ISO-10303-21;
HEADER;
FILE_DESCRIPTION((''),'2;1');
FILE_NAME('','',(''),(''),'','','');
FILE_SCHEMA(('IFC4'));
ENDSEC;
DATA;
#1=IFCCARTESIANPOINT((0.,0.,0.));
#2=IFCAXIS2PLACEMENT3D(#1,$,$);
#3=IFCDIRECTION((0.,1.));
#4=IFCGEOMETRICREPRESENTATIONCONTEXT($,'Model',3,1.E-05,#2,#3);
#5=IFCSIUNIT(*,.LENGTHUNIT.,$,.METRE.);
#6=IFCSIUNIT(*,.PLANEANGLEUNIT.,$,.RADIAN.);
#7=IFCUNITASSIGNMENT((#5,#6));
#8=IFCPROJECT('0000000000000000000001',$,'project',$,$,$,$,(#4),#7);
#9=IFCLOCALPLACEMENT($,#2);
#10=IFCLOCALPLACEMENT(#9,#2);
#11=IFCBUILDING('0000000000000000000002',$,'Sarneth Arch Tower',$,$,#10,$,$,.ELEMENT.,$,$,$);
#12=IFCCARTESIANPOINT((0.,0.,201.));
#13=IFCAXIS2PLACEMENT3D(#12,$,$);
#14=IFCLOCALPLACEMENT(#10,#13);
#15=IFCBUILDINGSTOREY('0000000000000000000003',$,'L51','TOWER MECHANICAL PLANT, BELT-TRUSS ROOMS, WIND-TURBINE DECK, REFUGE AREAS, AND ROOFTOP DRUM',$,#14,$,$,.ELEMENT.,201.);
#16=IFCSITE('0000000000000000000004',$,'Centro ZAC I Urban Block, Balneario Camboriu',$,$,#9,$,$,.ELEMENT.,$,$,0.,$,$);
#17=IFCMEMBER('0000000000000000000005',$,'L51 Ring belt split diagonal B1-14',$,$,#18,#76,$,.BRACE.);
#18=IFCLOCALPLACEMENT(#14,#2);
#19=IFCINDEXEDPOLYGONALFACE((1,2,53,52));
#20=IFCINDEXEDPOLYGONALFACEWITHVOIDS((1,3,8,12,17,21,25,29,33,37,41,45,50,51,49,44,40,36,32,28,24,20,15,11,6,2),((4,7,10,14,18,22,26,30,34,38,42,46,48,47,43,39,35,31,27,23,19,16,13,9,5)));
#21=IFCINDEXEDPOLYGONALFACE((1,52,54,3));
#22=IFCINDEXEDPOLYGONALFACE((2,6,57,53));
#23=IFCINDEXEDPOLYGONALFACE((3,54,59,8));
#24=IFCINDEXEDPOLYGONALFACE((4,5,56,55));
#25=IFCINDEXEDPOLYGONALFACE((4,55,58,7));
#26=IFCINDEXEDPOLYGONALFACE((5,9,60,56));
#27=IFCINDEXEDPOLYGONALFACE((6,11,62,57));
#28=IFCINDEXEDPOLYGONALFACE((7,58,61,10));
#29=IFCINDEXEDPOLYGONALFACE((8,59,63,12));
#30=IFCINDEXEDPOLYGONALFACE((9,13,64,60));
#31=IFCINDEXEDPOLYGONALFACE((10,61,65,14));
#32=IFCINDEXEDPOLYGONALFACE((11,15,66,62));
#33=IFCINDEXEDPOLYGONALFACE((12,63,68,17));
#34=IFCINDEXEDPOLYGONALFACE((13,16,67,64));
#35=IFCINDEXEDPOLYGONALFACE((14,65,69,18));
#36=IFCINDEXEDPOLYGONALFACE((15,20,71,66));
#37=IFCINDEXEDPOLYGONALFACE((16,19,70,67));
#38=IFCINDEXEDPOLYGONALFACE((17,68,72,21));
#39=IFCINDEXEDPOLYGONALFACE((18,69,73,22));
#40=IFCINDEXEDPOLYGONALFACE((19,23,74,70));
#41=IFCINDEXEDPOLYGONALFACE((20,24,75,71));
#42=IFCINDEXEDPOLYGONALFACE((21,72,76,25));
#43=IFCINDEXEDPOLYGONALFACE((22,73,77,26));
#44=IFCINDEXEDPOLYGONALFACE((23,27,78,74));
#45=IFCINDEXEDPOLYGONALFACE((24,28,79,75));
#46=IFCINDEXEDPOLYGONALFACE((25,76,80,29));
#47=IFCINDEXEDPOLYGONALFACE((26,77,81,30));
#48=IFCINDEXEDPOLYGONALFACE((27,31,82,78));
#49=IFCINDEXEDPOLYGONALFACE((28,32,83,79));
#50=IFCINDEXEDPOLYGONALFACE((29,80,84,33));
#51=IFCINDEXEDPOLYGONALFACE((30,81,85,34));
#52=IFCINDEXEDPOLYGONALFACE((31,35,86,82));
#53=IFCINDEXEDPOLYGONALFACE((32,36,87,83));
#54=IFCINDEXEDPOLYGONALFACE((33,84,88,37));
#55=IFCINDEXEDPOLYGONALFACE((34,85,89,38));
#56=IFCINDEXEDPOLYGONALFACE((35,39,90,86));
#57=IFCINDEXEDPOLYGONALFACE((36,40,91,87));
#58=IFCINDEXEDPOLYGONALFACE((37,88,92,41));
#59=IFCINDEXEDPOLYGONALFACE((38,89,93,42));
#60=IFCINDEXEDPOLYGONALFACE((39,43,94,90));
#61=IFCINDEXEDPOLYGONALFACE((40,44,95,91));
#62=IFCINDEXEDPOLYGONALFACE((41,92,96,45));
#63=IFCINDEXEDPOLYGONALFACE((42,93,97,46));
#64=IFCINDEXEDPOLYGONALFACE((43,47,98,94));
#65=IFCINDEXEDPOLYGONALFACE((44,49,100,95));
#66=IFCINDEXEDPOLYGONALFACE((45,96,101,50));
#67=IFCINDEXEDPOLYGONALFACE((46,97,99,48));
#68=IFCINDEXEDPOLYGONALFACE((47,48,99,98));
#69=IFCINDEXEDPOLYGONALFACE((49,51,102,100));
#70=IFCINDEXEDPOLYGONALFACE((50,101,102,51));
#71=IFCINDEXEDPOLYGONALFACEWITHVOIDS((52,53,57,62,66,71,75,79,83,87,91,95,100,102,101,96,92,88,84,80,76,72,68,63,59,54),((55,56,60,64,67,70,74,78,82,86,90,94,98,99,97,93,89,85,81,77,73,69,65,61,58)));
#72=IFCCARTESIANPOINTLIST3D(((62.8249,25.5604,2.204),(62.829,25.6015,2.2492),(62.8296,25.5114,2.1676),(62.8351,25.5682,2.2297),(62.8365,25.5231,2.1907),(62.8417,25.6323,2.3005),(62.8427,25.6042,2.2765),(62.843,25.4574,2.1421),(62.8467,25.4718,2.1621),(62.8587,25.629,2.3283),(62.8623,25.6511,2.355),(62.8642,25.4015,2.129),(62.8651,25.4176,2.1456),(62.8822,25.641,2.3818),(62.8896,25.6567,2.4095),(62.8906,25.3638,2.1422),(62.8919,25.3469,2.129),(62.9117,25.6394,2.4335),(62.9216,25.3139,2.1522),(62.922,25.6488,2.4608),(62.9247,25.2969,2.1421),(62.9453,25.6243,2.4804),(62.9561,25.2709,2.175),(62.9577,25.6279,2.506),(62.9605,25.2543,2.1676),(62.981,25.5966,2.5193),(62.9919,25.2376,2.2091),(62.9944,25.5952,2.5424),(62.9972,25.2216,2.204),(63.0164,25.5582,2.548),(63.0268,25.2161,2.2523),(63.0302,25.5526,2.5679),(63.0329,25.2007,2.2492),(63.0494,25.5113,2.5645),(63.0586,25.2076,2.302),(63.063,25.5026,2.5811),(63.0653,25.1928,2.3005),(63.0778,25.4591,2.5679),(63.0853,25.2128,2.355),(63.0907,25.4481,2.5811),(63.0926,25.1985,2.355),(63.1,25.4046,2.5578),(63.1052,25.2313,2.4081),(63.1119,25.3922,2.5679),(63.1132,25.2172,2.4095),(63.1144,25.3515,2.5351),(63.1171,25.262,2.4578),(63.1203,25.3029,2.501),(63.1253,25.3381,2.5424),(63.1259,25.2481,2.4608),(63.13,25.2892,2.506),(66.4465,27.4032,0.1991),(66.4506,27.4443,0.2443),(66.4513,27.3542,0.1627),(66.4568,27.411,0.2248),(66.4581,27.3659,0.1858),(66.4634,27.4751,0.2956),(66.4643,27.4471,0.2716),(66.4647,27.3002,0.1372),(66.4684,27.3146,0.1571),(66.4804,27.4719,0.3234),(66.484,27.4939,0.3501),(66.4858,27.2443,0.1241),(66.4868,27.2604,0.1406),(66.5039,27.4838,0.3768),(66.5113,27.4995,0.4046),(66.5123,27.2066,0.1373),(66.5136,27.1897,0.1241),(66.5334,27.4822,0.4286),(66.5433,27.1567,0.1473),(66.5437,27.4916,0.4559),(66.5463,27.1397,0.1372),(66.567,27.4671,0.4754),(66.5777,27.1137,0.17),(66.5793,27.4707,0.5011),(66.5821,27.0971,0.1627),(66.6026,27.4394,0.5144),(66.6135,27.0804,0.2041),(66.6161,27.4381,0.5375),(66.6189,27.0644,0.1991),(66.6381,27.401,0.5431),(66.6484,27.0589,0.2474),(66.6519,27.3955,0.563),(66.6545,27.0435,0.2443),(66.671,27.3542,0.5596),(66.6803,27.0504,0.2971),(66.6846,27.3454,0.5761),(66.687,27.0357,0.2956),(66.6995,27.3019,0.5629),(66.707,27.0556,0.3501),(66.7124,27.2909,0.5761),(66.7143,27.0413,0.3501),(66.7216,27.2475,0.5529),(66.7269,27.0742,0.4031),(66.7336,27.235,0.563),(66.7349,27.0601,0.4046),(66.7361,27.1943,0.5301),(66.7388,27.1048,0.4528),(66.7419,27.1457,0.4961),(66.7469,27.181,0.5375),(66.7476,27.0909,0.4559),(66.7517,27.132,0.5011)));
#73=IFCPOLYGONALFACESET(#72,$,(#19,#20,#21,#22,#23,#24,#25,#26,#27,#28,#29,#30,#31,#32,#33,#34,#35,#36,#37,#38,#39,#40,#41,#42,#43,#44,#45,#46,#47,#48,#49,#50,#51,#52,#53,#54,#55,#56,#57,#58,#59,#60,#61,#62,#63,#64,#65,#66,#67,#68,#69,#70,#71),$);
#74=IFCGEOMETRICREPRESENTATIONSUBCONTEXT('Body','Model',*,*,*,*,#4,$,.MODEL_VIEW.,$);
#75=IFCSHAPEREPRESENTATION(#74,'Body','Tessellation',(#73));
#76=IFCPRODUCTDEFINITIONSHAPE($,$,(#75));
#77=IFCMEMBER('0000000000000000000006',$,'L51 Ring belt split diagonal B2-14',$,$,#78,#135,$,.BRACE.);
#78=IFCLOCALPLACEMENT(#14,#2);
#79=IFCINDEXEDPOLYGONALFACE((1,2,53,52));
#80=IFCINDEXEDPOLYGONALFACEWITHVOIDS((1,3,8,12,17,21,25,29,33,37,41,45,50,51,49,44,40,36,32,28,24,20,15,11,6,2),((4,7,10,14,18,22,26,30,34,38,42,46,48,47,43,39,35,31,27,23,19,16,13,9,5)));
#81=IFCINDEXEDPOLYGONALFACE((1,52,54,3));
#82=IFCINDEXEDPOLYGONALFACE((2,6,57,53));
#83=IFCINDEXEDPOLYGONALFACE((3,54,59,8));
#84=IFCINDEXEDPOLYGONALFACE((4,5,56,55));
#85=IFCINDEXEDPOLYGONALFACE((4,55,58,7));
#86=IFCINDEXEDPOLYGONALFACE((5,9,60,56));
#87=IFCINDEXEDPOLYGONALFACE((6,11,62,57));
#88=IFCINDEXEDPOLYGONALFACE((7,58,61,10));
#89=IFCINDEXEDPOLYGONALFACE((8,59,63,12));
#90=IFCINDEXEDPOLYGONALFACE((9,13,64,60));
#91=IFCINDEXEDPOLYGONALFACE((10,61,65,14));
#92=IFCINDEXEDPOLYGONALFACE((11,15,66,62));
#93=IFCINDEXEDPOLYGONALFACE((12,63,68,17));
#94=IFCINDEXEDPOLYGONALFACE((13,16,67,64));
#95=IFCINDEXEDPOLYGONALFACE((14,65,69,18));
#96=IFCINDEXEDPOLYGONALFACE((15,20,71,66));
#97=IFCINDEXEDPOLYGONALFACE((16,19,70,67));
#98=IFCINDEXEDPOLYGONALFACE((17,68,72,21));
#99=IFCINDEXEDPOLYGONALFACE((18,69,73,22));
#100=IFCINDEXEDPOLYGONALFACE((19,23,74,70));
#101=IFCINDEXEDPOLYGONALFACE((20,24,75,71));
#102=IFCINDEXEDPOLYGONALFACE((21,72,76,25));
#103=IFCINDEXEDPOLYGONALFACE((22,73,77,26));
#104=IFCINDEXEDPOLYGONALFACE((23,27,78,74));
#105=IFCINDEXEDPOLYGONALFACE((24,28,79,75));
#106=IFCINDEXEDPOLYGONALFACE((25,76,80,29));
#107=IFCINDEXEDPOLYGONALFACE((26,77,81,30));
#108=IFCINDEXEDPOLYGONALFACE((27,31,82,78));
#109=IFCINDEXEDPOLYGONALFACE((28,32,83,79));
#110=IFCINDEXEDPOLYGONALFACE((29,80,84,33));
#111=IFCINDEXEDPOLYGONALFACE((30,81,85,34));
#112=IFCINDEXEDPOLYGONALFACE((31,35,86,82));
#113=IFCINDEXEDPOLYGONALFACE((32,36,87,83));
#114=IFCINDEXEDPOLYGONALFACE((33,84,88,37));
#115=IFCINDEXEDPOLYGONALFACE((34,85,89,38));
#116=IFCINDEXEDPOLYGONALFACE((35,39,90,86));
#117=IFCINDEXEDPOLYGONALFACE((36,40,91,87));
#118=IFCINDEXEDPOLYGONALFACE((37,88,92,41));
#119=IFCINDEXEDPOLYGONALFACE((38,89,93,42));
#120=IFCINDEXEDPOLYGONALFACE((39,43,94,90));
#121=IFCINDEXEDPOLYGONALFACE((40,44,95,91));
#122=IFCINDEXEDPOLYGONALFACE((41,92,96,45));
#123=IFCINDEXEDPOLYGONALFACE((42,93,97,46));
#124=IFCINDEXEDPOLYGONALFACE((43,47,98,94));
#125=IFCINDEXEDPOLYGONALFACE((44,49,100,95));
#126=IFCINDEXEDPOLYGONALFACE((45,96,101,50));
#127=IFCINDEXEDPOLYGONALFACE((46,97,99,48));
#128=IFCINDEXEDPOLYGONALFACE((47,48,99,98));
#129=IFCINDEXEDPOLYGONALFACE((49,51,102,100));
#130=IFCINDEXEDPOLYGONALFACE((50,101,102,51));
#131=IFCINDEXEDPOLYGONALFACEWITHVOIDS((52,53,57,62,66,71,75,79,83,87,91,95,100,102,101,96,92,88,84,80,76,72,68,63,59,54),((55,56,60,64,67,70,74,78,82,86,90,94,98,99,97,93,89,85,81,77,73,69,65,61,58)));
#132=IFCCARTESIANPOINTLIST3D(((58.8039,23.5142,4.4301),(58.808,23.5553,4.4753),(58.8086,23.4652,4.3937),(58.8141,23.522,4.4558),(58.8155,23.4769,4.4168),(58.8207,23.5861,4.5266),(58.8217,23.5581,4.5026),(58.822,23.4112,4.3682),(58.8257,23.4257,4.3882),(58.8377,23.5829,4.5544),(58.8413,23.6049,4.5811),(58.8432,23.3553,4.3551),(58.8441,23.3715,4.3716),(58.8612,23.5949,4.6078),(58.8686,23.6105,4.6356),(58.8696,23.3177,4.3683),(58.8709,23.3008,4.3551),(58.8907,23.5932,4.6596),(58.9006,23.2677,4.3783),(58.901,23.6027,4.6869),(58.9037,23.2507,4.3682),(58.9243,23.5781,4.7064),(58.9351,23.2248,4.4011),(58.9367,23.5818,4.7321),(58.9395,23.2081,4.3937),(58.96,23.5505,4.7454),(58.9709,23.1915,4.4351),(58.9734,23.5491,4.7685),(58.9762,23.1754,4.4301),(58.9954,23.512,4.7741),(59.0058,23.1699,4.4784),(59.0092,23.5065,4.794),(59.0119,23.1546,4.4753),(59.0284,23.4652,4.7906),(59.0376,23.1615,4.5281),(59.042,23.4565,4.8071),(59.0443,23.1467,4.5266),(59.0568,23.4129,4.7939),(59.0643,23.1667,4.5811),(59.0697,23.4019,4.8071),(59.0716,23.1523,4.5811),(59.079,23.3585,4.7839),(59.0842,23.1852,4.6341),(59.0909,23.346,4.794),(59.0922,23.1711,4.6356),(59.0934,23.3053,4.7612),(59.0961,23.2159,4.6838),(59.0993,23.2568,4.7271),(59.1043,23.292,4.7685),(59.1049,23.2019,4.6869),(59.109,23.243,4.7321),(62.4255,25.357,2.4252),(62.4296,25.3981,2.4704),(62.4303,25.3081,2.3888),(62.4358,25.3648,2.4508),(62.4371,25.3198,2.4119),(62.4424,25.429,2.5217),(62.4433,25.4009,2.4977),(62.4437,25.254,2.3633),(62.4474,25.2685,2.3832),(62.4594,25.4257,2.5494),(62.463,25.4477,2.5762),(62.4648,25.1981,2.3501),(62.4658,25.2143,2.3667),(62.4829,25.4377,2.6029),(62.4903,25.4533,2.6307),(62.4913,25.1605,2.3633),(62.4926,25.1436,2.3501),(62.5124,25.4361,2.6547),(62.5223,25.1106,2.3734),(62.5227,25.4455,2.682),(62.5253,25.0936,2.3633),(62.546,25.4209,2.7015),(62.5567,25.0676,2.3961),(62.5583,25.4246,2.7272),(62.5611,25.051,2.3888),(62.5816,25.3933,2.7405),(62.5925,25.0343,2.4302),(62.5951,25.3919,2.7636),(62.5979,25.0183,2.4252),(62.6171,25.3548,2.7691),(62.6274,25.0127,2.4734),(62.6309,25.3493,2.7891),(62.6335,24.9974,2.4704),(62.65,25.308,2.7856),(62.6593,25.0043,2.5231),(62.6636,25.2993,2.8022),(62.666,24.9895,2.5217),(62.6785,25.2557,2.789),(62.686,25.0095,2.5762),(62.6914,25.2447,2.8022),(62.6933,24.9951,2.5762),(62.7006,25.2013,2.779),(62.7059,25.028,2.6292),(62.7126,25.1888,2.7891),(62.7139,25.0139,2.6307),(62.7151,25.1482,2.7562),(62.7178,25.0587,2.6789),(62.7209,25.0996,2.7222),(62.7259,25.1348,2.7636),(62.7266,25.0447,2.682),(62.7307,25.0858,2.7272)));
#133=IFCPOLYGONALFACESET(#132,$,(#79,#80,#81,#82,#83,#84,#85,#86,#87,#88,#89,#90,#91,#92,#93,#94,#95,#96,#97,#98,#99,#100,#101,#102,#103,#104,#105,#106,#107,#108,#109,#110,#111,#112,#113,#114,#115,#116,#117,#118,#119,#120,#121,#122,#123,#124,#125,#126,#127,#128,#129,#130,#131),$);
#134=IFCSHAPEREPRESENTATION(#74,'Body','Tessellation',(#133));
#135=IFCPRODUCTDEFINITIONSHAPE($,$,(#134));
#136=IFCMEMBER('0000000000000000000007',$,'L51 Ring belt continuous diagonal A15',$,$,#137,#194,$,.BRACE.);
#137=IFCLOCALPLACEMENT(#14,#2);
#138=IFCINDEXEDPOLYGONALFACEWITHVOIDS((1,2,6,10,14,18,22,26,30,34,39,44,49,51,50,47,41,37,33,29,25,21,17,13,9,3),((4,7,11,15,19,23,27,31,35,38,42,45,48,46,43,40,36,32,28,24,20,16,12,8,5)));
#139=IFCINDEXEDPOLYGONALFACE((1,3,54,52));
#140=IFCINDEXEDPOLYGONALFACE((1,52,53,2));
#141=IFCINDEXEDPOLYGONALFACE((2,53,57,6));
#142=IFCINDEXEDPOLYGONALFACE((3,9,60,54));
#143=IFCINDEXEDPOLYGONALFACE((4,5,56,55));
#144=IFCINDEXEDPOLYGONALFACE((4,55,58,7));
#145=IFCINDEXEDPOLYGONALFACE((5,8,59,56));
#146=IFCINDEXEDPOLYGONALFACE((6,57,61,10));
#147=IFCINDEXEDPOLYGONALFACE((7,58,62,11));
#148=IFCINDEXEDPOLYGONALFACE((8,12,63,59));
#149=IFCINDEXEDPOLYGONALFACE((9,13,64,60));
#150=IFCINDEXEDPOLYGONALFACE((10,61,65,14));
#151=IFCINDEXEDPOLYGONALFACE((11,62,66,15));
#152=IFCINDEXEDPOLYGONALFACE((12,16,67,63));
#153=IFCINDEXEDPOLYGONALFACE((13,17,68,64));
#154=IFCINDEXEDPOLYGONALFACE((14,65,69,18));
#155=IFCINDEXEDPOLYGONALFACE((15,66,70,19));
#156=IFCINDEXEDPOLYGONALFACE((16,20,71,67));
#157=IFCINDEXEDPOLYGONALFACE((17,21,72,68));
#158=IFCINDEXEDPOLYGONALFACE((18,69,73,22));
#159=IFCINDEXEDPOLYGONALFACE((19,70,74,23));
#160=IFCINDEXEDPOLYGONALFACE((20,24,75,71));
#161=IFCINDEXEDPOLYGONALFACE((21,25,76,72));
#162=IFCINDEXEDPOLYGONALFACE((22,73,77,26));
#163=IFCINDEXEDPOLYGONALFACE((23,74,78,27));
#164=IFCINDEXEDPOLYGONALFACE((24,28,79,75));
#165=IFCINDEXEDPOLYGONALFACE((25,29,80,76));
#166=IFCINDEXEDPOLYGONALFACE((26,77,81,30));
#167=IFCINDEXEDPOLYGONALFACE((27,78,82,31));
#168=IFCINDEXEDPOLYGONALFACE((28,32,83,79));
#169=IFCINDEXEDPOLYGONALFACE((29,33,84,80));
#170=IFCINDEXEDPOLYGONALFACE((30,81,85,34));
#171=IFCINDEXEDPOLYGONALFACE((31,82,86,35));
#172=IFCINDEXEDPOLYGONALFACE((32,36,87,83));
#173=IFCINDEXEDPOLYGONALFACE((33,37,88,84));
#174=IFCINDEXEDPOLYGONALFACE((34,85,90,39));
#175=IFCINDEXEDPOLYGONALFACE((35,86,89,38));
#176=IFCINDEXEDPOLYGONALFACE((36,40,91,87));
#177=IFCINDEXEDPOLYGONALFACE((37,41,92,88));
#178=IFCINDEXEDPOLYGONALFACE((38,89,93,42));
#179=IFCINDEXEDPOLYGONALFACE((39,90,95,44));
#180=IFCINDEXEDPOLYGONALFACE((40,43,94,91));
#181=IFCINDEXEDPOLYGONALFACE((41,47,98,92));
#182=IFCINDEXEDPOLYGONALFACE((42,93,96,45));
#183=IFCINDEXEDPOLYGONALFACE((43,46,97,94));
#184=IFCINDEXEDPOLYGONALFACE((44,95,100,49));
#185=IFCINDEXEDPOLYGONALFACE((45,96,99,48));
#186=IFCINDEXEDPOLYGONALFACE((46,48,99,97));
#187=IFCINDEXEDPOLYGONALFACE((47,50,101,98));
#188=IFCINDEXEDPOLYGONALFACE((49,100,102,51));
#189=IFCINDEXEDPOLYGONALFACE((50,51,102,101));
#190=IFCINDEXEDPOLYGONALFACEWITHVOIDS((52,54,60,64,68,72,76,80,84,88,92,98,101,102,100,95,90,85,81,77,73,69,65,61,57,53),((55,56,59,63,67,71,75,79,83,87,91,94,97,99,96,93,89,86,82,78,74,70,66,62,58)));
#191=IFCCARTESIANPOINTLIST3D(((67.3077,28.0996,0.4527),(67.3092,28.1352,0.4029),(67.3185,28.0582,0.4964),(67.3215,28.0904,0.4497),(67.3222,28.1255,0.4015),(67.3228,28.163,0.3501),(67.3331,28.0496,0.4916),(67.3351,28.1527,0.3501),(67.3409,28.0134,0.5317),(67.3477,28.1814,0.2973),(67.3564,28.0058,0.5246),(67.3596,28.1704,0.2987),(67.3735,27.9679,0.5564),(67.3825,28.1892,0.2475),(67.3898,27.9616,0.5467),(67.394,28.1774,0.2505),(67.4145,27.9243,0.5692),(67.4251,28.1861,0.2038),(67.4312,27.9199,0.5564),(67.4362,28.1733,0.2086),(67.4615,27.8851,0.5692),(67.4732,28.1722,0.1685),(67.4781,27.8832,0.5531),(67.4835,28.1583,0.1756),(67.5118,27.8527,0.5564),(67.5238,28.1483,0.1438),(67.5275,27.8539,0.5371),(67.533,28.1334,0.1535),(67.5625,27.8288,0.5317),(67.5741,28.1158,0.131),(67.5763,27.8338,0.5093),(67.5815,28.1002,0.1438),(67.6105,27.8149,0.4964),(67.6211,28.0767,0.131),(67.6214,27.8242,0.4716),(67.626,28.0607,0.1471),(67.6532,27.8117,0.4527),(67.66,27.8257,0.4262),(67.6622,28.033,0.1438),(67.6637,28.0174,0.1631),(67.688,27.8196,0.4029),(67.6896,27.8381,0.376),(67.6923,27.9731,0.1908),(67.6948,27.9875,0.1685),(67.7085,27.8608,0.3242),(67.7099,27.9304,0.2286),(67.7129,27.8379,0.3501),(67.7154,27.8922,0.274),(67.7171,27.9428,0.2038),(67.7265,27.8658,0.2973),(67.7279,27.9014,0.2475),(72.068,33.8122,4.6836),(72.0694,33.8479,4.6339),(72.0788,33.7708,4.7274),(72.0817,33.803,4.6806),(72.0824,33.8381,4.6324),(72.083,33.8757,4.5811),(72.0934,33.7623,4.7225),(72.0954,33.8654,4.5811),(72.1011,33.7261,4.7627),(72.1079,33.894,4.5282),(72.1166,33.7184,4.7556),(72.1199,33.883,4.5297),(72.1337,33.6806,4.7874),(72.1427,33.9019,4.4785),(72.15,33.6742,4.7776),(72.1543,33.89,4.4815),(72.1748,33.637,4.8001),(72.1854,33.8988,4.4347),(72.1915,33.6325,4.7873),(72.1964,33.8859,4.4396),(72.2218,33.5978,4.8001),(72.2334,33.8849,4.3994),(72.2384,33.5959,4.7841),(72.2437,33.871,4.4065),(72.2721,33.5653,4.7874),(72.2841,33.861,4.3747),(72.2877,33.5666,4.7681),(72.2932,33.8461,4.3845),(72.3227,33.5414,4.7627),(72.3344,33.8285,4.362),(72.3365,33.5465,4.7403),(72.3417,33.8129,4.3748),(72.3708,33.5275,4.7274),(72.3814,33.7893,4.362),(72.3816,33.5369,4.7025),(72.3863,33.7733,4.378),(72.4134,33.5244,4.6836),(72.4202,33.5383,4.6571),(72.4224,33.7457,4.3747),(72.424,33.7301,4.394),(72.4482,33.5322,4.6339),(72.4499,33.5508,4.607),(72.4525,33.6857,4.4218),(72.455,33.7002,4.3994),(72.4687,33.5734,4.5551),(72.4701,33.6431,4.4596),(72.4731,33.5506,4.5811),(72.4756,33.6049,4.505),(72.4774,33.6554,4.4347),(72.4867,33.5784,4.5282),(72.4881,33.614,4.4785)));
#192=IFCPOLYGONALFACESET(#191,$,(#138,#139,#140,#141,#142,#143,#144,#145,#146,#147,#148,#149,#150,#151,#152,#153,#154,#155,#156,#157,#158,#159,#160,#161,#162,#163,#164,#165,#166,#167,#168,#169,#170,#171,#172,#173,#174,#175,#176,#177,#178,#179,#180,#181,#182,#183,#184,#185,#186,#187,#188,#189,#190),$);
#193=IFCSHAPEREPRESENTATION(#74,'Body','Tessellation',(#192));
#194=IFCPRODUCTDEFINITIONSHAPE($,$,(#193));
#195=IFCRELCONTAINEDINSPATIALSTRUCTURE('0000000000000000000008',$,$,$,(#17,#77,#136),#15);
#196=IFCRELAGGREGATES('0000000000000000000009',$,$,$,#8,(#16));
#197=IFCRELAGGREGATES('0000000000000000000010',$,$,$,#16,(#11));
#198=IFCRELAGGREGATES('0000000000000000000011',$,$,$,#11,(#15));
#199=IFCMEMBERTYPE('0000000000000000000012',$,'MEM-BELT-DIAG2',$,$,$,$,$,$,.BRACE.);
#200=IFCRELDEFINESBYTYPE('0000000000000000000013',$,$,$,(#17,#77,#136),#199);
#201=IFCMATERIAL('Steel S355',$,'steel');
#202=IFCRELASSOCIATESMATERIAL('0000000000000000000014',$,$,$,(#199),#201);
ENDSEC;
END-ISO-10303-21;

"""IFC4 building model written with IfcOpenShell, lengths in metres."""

from ifc_helpers import new_model, si_unit, direction, frame, origin, origin_2d, place, context, subcontext, project, spatial, hollow_circle, extrude, material, material_profile, profile_set, type_object, element, save


model = new_model("IFC4")

# Units and contexts
model_context = context("Model", 3, precision=1e-05, world=origin(), true_north=direction((0.0, 1.0)))
body_context = subcontext(model_context, "Body", "Model", "MODEL_VIEW")
ifc_project = project(units=[si_unit("LENGTHUNIT", "METRE"), si_unit("PLANEANGLEUNIT", "RADIAN")], contexts=[model_context])

# Site, building, storey
site_placement = place(None, origin())
site = spatial("IfcSite", under=ifc_project, at=site_placement, Name="Centro ZAC I Urban Block, Balneario Camboriu", CompositionType="ELEMENT", RefElevation=0.0)
building_placement = place(site_placement, origin())
building = spatial("IfcBuilding", under=site, at=building_placement, Name="Sarneth Arch Tower", CompositionType="ELEMENT")
storey_placement = place(building_placement, frame((0.0, 0.0, 201.0)))
storey = spatial("IfcBuildingStorey", under=building, at=storey_placement, Name="L51", Description="TOWER MECHANICAL PLANT, BELT-TRUSS ROOMS, WIND-TURBINE DECK, REFUGE AREAS, AND ROOFTOP DRUM", CompositionType="ELEMENT", Elevation=201.0)

# Members
ifc_material_1 = material(Name="Steel S355", Category="steel")
ifc_material_profile_1 = material_profile(ifc_material_1, hollow_circle(Radius=0.2539, WallThickness=0.0161, at=origin_2d()), Name="CHS508x16")
ifc_profile_set_1 = profile_set([ifc_material_profile_1], Name="Steel S355")
member_type_1 = type_object("IfcMemberType", Name="MEM-BELT-DIAG2", PredefinedType="BRACE", material=ifc_profile_set_1)
for number, where, z_axis, x_axis, name in (
    (1, (66.5991, 27.2676, 0.3501), (-0.799265, -0.406691, 0.442468), (0.453499, -0.891257, 0.0), "L51 Ring belt split diagonal B1-14"),
    (2, (62.5781, 25.2214, 2.5762), (-0.799265, -0.406691, 0.442468), (0.453499, -0.891257, 0.0), "L51 Ring belt split diagonal B2-14"),
):
    element("IfcMember", number, at=place(storey_placement, frame(where, z_axis=z_axis, x_axis=x_axis)), inside=storey, type_object=member_type_1, Name=name, PredefinedType="BRACE", context=body_context, shape_type="SweptSolid", body=[
        extrude(hollow_circle(Radius=0.2539, WallThickness=0.0161, at=origin_2d()), origin(), (0.0, 0.0, 1.0), 4.5312),
    ])
member_1_placement = place(storey_placement, frame((67.5178, 28.0005, 0.3501), z_axis=(0.556402, 0.667722, 0.494535), x_axis=(-0.76824, 0.640162, 0.0)))
element("IfcMember", 3, at=member_1_placement, inside=storey, type_object=member_type_1, Name="L51 Ring belt continuous diagonal A15", PredefinedType="BRACE", context=body_context, shape_type="SweptSolid", body=[
    extrude(hollow_circle(Radius=0.2539, WallThickness=0.0161, at=origin_2d()), origin(), (0.0, 0.0, 1.0), 8.5554),
])

save(model, "model.ifc")
